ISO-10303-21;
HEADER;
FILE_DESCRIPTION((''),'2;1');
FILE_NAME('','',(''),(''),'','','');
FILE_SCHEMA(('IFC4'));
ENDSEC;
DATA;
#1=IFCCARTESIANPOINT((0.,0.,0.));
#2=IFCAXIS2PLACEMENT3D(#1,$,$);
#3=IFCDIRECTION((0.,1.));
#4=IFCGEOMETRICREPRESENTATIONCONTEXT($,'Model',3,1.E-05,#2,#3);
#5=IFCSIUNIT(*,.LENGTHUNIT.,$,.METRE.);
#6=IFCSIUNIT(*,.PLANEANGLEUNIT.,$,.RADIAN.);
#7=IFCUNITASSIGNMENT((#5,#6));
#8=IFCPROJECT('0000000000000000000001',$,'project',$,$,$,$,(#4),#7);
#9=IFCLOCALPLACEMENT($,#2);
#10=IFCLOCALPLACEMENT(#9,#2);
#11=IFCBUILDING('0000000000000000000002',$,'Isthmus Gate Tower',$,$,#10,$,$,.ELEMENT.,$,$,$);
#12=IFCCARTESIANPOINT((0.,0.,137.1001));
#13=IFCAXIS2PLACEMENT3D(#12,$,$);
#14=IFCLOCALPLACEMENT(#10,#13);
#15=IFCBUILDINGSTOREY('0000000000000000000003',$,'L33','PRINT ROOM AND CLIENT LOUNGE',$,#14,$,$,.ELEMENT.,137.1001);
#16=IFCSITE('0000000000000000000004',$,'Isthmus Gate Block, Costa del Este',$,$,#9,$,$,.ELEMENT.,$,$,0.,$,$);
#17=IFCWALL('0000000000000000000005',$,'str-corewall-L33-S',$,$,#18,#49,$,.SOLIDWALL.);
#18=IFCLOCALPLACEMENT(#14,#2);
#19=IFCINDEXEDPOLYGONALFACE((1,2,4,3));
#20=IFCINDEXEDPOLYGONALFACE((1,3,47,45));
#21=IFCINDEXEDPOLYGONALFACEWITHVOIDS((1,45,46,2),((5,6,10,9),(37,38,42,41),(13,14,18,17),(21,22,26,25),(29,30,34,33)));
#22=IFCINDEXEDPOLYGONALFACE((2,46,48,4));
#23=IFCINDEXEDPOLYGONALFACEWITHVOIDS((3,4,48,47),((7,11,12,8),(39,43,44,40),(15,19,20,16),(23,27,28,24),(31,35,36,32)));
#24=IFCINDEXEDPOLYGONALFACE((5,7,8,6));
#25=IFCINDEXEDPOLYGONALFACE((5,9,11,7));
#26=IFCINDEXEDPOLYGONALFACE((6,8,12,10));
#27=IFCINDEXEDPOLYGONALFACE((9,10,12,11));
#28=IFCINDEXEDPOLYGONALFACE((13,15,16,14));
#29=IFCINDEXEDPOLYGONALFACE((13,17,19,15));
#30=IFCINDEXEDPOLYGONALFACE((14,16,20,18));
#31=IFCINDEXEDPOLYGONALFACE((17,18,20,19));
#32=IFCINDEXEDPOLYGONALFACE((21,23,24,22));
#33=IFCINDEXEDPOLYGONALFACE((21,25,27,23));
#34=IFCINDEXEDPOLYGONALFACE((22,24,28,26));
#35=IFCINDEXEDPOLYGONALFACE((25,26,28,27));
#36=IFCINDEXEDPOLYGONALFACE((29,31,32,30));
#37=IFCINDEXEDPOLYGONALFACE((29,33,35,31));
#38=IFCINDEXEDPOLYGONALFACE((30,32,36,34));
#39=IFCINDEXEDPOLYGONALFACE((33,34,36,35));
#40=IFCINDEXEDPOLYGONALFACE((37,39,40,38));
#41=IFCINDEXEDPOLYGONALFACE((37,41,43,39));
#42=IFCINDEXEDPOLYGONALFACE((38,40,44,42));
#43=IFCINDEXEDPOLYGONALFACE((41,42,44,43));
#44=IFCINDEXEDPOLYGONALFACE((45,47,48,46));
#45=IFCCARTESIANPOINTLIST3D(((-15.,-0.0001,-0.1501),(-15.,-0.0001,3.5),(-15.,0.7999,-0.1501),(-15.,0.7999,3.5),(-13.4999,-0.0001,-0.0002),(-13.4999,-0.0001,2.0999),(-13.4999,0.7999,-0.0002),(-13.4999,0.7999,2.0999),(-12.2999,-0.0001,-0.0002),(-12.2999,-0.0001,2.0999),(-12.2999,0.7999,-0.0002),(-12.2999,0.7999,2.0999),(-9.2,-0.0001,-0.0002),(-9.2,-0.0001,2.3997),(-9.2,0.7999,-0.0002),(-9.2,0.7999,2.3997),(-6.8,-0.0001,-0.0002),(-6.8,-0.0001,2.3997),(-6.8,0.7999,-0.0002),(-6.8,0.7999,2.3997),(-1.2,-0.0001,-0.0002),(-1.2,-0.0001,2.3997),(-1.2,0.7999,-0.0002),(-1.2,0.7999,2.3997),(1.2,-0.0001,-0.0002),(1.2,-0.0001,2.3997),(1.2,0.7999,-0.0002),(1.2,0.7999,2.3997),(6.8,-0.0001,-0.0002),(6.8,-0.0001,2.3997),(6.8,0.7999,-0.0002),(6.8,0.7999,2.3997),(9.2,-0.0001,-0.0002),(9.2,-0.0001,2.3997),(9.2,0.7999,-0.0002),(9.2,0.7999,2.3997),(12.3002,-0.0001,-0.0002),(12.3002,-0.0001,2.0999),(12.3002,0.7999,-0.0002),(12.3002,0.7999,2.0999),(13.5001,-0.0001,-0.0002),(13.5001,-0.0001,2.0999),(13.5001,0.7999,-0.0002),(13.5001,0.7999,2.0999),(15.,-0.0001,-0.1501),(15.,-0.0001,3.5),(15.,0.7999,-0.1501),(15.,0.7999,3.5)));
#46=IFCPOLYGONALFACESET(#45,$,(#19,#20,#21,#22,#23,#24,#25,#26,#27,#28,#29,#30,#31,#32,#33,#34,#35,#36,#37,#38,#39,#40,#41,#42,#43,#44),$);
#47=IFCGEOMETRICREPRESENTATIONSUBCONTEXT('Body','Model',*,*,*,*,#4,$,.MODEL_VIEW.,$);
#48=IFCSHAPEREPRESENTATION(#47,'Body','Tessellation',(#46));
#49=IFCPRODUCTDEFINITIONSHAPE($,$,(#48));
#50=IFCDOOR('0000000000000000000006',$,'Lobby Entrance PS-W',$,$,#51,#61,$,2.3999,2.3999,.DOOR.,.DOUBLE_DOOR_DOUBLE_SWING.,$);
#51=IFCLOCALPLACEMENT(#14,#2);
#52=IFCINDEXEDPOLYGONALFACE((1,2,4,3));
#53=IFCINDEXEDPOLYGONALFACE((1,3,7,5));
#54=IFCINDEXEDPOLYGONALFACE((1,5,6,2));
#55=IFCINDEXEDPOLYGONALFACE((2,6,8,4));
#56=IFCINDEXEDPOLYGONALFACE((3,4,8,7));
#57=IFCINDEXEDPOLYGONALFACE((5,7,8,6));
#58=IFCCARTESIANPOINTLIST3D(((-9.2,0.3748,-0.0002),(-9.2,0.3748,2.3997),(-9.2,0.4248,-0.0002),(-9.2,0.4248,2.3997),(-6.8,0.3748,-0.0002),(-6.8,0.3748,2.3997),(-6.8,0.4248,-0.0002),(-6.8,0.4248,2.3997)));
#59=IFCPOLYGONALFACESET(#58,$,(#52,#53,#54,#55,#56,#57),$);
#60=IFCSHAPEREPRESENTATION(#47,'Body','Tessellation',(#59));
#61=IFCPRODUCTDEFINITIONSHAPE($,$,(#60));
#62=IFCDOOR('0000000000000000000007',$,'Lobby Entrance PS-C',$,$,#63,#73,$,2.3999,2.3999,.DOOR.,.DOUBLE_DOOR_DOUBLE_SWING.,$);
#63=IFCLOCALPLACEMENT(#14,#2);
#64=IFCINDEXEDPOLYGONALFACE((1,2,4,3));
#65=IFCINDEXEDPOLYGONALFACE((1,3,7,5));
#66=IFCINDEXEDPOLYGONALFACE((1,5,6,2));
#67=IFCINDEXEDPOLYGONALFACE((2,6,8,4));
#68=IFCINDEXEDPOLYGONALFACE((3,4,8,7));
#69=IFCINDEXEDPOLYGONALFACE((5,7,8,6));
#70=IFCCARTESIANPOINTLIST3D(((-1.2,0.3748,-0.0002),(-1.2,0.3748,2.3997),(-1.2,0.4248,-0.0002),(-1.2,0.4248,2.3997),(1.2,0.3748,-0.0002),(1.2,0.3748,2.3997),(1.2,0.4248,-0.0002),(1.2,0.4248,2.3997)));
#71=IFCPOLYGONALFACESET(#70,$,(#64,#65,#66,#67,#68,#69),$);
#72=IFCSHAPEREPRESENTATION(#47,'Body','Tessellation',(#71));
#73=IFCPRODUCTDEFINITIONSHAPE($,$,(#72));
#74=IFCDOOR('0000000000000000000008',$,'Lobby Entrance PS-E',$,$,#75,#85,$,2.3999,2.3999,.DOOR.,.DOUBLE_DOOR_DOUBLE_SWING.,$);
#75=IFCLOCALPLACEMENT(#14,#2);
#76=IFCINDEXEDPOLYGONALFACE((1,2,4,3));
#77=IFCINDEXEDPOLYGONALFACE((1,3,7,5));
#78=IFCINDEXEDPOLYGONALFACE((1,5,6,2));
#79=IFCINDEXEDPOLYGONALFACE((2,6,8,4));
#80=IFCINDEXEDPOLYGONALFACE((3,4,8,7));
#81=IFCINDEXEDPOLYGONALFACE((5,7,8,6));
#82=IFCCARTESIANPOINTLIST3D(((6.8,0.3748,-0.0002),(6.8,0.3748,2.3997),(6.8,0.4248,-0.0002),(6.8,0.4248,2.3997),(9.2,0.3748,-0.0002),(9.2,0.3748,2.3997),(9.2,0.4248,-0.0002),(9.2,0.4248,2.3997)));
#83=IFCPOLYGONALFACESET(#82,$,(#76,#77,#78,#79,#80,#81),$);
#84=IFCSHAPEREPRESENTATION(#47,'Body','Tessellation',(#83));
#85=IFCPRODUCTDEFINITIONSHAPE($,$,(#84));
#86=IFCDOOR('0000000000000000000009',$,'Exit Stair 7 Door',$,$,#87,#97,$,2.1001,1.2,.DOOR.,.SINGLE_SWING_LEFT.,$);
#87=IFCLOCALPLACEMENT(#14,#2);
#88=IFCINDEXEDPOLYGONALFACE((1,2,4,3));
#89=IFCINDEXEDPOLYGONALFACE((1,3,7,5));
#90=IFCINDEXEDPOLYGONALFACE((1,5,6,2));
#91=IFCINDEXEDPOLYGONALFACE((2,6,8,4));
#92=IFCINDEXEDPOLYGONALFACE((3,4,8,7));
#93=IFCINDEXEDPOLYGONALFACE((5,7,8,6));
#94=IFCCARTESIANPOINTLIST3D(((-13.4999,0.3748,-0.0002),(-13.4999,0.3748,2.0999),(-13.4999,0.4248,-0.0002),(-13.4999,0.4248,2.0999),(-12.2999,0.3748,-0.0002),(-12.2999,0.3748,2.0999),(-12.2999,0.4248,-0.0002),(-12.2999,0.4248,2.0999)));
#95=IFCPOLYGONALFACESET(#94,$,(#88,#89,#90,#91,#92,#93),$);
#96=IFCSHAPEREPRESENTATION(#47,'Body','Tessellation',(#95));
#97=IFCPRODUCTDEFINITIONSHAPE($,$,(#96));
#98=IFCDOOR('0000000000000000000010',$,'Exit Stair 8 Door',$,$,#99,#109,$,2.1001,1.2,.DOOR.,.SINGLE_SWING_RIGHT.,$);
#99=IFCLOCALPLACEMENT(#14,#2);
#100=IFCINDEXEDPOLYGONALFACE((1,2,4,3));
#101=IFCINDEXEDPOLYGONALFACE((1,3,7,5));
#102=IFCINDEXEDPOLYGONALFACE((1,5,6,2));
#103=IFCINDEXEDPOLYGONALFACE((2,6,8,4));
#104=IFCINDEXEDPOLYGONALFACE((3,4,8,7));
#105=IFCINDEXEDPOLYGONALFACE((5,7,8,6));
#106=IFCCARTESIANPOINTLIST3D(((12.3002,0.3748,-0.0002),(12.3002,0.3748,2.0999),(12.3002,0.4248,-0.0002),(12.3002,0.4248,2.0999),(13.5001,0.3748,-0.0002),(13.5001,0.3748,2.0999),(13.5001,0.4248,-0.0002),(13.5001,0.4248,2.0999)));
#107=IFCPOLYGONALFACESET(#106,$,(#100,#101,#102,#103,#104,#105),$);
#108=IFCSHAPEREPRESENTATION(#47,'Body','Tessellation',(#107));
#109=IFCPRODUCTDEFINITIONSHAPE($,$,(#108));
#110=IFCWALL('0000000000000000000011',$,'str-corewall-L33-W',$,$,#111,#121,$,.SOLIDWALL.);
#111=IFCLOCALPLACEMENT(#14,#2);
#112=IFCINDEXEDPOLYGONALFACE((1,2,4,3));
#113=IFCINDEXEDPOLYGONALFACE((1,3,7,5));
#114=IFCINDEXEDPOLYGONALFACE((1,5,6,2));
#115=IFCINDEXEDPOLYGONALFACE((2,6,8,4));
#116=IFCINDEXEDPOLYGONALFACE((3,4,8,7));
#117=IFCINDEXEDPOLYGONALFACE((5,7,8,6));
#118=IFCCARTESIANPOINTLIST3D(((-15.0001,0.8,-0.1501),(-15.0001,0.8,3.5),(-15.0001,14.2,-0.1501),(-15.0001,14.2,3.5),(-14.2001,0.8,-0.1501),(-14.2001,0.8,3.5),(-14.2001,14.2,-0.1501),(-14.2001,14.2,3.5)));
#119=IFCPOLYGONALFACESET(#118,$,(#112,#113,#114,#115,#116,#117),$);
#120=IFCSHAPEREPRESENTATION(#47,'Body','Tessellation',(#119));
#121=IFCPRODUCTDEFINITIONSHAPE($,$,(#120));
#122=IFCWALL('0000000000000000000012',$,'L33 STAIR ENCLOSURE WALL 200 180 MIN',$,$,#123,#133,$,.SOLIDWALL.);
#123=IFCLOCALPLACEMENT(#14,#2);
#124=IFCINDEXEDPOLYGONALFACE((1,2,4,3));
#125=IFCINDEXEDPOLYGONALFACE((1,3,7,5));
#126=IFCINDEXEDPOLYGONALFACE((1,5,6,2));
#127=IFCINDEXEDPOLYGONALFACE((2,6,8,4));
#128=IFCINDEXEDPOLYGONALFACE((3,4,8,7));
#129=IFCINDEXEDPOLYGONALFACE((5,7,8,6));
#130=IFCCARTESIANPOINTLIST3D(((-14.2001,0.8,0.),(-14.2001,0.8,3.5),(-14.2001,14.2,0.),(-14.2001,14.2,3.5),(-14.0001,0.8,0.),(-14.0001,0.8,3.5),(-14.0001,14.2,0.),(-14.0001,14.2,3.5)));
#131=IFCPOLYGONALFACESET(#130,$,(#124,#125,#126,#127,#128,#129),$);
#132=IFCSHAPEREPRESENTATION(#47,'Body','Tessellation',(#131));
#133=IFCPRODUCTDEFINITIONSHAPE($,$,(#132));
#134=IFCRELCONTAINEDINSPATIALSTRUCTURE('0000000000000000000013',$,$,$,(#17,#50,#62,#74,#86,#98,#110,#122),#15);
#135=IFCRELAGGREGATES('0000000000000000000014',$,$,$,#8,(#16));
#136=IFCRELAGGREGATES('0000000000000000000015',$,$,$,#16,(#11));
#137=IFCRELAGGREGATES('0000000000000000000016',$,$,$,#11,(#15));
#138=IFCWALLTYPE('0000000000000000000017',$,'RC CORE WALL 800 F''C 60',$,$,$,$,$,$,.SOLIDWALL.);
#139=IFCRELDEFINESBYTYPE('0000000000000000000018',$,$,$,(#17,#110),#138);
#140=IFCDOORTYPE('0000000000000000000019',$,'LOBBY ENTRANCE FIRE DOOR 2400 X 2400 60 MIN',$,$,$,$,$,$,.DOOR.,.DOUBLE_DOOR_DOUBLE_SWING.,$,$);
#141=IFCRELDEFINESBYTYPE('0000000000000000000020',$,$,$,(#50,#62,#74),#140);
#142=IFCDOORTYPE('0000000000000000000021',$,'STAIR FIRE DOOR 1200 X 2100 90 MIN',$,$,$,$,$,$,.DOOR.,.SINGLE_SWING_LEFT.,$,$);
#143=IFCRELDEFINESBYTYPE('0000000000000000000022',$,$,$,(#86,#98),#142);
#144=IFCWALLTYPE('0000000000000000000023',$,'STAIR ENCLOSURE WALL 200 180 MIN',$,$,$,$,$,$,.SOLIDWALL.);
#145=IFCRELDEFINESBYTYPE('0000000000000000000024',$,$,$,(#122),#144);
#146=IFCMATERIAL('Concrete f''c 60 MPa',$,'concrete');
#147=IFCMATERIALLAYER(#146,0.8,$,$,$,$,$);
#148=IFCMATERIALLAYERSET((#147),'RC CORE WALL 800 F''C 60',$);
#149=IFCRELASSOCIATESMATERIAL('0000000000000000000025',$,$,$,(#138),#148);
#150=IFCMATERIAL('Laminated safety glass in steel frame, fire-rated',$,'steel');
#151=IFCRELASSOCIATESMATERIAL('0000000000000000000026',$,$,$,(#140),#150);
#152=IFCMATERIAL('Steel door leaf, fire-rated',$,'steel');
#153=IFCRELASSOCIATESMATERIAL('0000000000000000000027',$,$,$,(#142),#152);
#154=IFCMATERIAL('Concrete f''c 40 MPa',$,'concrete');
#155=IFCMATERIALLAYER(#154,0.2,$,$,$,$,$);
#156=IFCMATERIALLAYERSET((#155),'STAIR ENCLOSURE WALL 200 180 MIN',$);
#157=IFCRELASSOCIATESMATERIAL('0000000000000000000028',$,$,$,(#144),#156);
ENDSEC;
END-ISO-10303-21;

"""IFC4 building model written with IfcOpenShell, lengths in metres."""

from ifc_helpers import new_model, si_unit, direction, frame, frame_2d, origin, place, context, subcontext, project, spatial, rectangle, extrude, material, layer, layer_set, type_object, element, fill, save


model = new_model("IFC4")

# Units and contexts
model_context = context("Model", 3, precision=1e-05, world=origin(), true_north=direction((0.0, 1.0)))
body_context = subcontext(model_context, "Body", "Model", "MODEL_VIEW")
ifc_project = project(units=[si_unit("LENGTHUNIT", "METRE"), si_unit("PLANEANGLEUNIT", "RADIAN")], contexts=[model_context])

# Site, building, storey
site_placement = place(None, origin())
site = spatial("IfcSite", under=ifc_project, at=site_placement, Name="Isthmus Gate Block, Costa del Este", CompositionType="ELEMENT", RefElevation=0.0)
building_placement = place(site_placement, origin())
building = spatial("IfcBuilding", under=site, at=building_placement, Name="Isthmus Gate Tower", CompositionType="ELEMENT")
storey_placement = place(building_placement, frame((0.0, 0.0, 137.1001)))
storey = spatial("IfcBuildingStorey", under=building, at=storey_placement, Name="L33", Description="PRINT ROOM AND CLIENT LOUNGE", CompositionType="ELEMENT", Elevation=137.1001)

# Wall, openings, doors
ifc_material_1 = material(Name="Concrete f'c 60 MPa", Category="concrete")
ifc_layer_1 = layer(ifc_material_1, 0.8)
ifc_layer_set_1 = layer_set([ifc_layer_1], Name="RC CORE WALL 800 F'C 60")
wall_type_1 = type_object("IfcWallType", Name="RC CORE WALL 800 F'C 60", PredefinedType="SOLIDWALL", material=ifc_layer_set_1)
wall_1_placement = place(storey_placement, frame((-15.0, 0.3999, -0.1501), z_axis=(0.0, 0.0, 1.0), x_axis=(1.0, 0.0, 0.0)))
wall_1 = element("IfcWall", 1, at=wall_1_placement, inside=storey, type_object=wall_type_1, Name="str-corewall-L33-S", PredefinedType="SOLIDWALL", context=body_context, shape_type="SweptSolid", body=[
    extrude(rectangle(XDim=30.0, YDim=0.8, at=frame_2d((15.0, 0.0))), origin(), (0.0, 0.0, 1.0), 3.6501),
])
opening_1_placement = place(wall_1_placement, frame((5.8, 0.0, 0.1499)))
opening_1 = element("IfcOpeningElement", 2, at=opening_1_placement, cuts=wall_1, PredefinedType="OPENING", context=body_context, shape_type="SweptSolid", body=[
    extrude(rectangle(XDim=2.3999, YDim=2.3999, at=frame_2d((1.2, 1.2))), frame((0.0, 0.4099, 0.0), z_axis=(0.0, -1.0, 0.0), x_axis=(1.0, 0.0, 0.0)), (0.0, 0.0, 1.0), 0.8201),
])
opening_2_placement = place(wall_1_placement, frame((13.8, 0.0, 0.1499)))
opening_2 = element("IfcOpeningElement", 3, at=opening_2_placement, cuts=wall_1, PredefinedType="OPENING", context=body_context, shape_type="SweptSolid", body=[
    extrude(rectangle(XDim=2.3999, YDim=2.3999, at=frame_2d((1.2, 1.2))), frame((0.0, 0.4099, 0.0), z_axis=(0.0, -1.0, 0.0), x_axis=(1.0, 0.0, 0.0)), (0.0, 0.0, 1.0), 0.8201),
])
opening_3_placement = place(wall_1_placement, frame((21.8, 0.0, 0.1499)))
opening_3 = element("IfcOpeningElement", 4, at=opening_3_placement, cuts=wall_1, PredefinedType="OPENING", context=body_context, shape_type="SweptSolid", body=[
    extrude(rectangle(XDim=2.3999, YDim=2.3999, at=frame_2d((1.2, 1.2))), frame((0.0, 0.4099, 0.0), z_axis=(0.0, -1.0, 0.0), x_axis=(1.0, 0.0, 0.0)), (0.0, 0.0, 1.0), 0.8201),
])
opening_4_placement = place(wall_1_placement, frame((1.5, 0.0, 0.1499)))
opening_4 = element("IfcOpeningElement", 5, at=opening_4_placement, cuts=wall_1, PredefinedType="OPENING", context=body_context, shape_type="SweptSolid", body=[
    extrude(rectangle(XDim=1.2, YDim=2.1001, at=frame_2d((0.6001, 1.05))), frame((0.0, 0.4099, 0.0), z_axis=(0.0, -1.0, 0.0), x_axis=(1.0, 0.0, 0.0)), (0.0, 0.0, 1.0), 0.8201),
])
opening_5_placement = place(wall_1_placement, frame((27.3, 0.0, 0.1499)))
opening_5 = element("IfcOpeningElement", 6, at=opening_5_placement, cuts=wall_1, PredefinedType="OPENING", context=body_context, shape_type="SweptSolid", body=[
    extrude(rectangle(XDim=1.2, YDim=2.1001, at=frame_2d((0.6001, 1.05))), frame((0.0, 0.4099, 0.0), z_axis=(0.0, -1.0, 0.0), x_axis=(1.0, 0.0, 0.0)), (0.0, 0.0, 1.0), 0.8201),
])
ifc_material_2 = material(Name="Laminated safety glass in steel frame, fire-rated", Category="steel")
door_type_1 = type_object("IfcDoorType", Name="LOBBY ENTRANCE FIRE DOOR 2400 X 2400 60 MIN", OperationType="DOUBLE_DOOR_DOUBLE_SWING", PredefinedType="DOOR", material=ifc_material_2)
door_1_placement = place(opening_1_placement, origin())
door_1 = element("IfcDoor", 7, at=door_1_placement, inside=storey, type_object=door_type_1, Name="Lobby Entrance PS-W", OperationType="DOUBLE_DOOR_DOUBLE_SWING", OverallHeight=2.3999, OverallWidth=2.3999, PredefinedType="DOOR", context=body_context, shape_type="SweptSolid", body=[
    extrude(rectangle(XDim=2.3999, YDim=2.3999, at=frame_2d((1.2, 1.2))), frame((0.0, 0.0249, 0.0), z_axis=(0.0, -1.0, 0.0), x_axis=(1.0, 0.0, 0.0)), (0.0, 0.0, 1.0), 0.05),
])
fill(opening_1, door_1)
door_2_placement = place(opening_2_placement, origin())
door_2 = element("IfcDoor", 8, at=door_2_placement, inside=storey, type_object=door_type_1, Name="Lobby Entrance PS-C", OperationType="DOUBLE_DOOR_DOUBLE_SWING", OverallHeight=2.3999, OverallWidth=2.3999, PredefinedType="DOOR", context=body_context, shape_type="SweptSolid", body=[
    extrude(rectangle(XDim=2.3999, YDim=2.3999, at=frame_2d((1.2, 1.2))), frame((0.0, 0.0249, 0.0), z_axis=(0.0, -1.0, 0.0), x_axis=(1.0, 0.0, 0.0)), (0.0, 0.0, 1.0), 0.05),
])
fill(opening_2, door_2)
door_3_placement = place(opening_3_placement, origin())
door_3 = element("IfcDoor", 9, at=door_3_placement, inside=storey, type_object=door_type_1, Name="Lobby Entrance PS-E", OperationType="DOUBLE_DOOR_DOUBLE_SWING", OverallHeight=2.3999, OverallWidth=2.3999, PredefinedType="DOOR", context=body_context, shape_type="SweptSolid", body=[
    extrude(rectangle(XDim=2.3999, YDim=2.3999, at=frame_2d((1.2, 1.2))), frame((0.0, 0.0249, 0.0), z_axis=(0.0, -1.0, 0.0), x_axis=(1.0, 0.0, 0.0)), (0.0, 0.0, 1.0), 0.05),
])
fill(opening_3, door_3)
ifc_material_3 = material(Name="Steel door leaf, fire-rated", Category="steel")
door_type_2 = type_object("IfcDoorType", Name="STAIR FIRE DOOR 1200 X 2100 90 MIN", OperationType="SINGLE_SWING_LEFT", PredefinedType="DOOR", material=ifc_material_3)
door_4_placement = place(opening_4_placement, origin())
door_4 = element("IfcDoor", 10, at=door_4_placement, inside=storey, type_object=door_type_2, Name="Exit Stair 7 Door", OperationType="SINGLE_SWING_LEFT", OverallHeight=2.1001, OverallWidth=1.2, PredefinedType="DOOR", context=body_context, shape_type="SweptSolid", body=[
    extrude(rectangle(XDim=1.2, YDim=2.1001, at=frame_2d((0.6001, 1.05))), frame((0.0, 0.0249, 0.0), z_axis=(0.0, -1.0, 0.0), x_axis=(1.0, 0.0, 0.0)), (0.0, 0.0, 1.0), 0.05),
])
fill(opening_4, door_4)
door_5_placement = place(opening_5_placement, origin())
door_5 = element("IfcDoor", 11, at=door_5_placement, inside=storey, type_object=door_type_2, Name="Exit Stair 8 Door", OperationType="SINGLE_SWING_RIGHT", OverallHeight=2.1001, OverallWidth=1.2, PredefinedType="DOOR", context=body_context, shape_type="SweptSolid", body=[
    extrude(rectangle(XDim=1.2, YDim=2.1001, at=frame_2d((0.6001, 1.05))), frame((0.0, 0.0249, 0.0), z_axis=(0.0, -1.0, 0.0), x_axis=(1.0, 0.0, 0.0)), (0.0, 0.0, 1.0), 0.05),
])
fill(opening_5, door_5)

# Walls
wall_2_placement = place(storey_placement, frame((-14.6001, 0.8, -0.1501), z_axis=(0.0, 0.0, 1.0), x_axis=(0.0, 1.0, 0.0)))
element("IfcWall", 12, at=wall_2_placement, inside=storey, type_object=wall_type_1, Name="str-corewall-L33-W", PredefinedType="SOLIDWALL", context=body_context, shape_type="SweptSolid", body=[
    extrude(rectangle(XDim=13.3999, YDim=0.8, at=frame_2d((6.7, 0.0))), origin(), (0.0, 0.0, 1.0), 3.6501),
])
ifc_material_4 = material(Name="Concrete f'c 40 MPa", Category="concrete")
ifc_layer_2 = layer(ifc_material_4, 0.2)
ifc_layer_set_2 = layer_set([ifc_layer_2], Name="STAIR ENCLOSURE WALL 200 180 MIN")
wall_type_2 = type_object("IfcWallType", Name="STAIR ENCLOSURE WALL 200 180 MIN", PredefinedType="SOLIDWALL", material=ifc_layer_set_2)
wall_3_placement = place(storey_placement, frame((-14.1001, 0.8, 0.0), z_axis=(0.0, 0.0, 1.0), x_axis=(0.0, 1.0, 0.0)))
element("IfcWall", 13, at=wall_3_placement, inside=storey, type_object=wall_type_2, Name="L33 STAIR ENCLOSURE WALL 200 180 MIN", PredefinedType="SOLIDWALL", context=body_context, shape_type="SweptSolid", body=[
    extrude(rectangle(XDim=13.3999, YDim=0.2, at=frame_2d((6.7, 0.0))), origin(), (0.0, 0.0, 1.0), 3.5),
])

save(model, "model.ifc")
